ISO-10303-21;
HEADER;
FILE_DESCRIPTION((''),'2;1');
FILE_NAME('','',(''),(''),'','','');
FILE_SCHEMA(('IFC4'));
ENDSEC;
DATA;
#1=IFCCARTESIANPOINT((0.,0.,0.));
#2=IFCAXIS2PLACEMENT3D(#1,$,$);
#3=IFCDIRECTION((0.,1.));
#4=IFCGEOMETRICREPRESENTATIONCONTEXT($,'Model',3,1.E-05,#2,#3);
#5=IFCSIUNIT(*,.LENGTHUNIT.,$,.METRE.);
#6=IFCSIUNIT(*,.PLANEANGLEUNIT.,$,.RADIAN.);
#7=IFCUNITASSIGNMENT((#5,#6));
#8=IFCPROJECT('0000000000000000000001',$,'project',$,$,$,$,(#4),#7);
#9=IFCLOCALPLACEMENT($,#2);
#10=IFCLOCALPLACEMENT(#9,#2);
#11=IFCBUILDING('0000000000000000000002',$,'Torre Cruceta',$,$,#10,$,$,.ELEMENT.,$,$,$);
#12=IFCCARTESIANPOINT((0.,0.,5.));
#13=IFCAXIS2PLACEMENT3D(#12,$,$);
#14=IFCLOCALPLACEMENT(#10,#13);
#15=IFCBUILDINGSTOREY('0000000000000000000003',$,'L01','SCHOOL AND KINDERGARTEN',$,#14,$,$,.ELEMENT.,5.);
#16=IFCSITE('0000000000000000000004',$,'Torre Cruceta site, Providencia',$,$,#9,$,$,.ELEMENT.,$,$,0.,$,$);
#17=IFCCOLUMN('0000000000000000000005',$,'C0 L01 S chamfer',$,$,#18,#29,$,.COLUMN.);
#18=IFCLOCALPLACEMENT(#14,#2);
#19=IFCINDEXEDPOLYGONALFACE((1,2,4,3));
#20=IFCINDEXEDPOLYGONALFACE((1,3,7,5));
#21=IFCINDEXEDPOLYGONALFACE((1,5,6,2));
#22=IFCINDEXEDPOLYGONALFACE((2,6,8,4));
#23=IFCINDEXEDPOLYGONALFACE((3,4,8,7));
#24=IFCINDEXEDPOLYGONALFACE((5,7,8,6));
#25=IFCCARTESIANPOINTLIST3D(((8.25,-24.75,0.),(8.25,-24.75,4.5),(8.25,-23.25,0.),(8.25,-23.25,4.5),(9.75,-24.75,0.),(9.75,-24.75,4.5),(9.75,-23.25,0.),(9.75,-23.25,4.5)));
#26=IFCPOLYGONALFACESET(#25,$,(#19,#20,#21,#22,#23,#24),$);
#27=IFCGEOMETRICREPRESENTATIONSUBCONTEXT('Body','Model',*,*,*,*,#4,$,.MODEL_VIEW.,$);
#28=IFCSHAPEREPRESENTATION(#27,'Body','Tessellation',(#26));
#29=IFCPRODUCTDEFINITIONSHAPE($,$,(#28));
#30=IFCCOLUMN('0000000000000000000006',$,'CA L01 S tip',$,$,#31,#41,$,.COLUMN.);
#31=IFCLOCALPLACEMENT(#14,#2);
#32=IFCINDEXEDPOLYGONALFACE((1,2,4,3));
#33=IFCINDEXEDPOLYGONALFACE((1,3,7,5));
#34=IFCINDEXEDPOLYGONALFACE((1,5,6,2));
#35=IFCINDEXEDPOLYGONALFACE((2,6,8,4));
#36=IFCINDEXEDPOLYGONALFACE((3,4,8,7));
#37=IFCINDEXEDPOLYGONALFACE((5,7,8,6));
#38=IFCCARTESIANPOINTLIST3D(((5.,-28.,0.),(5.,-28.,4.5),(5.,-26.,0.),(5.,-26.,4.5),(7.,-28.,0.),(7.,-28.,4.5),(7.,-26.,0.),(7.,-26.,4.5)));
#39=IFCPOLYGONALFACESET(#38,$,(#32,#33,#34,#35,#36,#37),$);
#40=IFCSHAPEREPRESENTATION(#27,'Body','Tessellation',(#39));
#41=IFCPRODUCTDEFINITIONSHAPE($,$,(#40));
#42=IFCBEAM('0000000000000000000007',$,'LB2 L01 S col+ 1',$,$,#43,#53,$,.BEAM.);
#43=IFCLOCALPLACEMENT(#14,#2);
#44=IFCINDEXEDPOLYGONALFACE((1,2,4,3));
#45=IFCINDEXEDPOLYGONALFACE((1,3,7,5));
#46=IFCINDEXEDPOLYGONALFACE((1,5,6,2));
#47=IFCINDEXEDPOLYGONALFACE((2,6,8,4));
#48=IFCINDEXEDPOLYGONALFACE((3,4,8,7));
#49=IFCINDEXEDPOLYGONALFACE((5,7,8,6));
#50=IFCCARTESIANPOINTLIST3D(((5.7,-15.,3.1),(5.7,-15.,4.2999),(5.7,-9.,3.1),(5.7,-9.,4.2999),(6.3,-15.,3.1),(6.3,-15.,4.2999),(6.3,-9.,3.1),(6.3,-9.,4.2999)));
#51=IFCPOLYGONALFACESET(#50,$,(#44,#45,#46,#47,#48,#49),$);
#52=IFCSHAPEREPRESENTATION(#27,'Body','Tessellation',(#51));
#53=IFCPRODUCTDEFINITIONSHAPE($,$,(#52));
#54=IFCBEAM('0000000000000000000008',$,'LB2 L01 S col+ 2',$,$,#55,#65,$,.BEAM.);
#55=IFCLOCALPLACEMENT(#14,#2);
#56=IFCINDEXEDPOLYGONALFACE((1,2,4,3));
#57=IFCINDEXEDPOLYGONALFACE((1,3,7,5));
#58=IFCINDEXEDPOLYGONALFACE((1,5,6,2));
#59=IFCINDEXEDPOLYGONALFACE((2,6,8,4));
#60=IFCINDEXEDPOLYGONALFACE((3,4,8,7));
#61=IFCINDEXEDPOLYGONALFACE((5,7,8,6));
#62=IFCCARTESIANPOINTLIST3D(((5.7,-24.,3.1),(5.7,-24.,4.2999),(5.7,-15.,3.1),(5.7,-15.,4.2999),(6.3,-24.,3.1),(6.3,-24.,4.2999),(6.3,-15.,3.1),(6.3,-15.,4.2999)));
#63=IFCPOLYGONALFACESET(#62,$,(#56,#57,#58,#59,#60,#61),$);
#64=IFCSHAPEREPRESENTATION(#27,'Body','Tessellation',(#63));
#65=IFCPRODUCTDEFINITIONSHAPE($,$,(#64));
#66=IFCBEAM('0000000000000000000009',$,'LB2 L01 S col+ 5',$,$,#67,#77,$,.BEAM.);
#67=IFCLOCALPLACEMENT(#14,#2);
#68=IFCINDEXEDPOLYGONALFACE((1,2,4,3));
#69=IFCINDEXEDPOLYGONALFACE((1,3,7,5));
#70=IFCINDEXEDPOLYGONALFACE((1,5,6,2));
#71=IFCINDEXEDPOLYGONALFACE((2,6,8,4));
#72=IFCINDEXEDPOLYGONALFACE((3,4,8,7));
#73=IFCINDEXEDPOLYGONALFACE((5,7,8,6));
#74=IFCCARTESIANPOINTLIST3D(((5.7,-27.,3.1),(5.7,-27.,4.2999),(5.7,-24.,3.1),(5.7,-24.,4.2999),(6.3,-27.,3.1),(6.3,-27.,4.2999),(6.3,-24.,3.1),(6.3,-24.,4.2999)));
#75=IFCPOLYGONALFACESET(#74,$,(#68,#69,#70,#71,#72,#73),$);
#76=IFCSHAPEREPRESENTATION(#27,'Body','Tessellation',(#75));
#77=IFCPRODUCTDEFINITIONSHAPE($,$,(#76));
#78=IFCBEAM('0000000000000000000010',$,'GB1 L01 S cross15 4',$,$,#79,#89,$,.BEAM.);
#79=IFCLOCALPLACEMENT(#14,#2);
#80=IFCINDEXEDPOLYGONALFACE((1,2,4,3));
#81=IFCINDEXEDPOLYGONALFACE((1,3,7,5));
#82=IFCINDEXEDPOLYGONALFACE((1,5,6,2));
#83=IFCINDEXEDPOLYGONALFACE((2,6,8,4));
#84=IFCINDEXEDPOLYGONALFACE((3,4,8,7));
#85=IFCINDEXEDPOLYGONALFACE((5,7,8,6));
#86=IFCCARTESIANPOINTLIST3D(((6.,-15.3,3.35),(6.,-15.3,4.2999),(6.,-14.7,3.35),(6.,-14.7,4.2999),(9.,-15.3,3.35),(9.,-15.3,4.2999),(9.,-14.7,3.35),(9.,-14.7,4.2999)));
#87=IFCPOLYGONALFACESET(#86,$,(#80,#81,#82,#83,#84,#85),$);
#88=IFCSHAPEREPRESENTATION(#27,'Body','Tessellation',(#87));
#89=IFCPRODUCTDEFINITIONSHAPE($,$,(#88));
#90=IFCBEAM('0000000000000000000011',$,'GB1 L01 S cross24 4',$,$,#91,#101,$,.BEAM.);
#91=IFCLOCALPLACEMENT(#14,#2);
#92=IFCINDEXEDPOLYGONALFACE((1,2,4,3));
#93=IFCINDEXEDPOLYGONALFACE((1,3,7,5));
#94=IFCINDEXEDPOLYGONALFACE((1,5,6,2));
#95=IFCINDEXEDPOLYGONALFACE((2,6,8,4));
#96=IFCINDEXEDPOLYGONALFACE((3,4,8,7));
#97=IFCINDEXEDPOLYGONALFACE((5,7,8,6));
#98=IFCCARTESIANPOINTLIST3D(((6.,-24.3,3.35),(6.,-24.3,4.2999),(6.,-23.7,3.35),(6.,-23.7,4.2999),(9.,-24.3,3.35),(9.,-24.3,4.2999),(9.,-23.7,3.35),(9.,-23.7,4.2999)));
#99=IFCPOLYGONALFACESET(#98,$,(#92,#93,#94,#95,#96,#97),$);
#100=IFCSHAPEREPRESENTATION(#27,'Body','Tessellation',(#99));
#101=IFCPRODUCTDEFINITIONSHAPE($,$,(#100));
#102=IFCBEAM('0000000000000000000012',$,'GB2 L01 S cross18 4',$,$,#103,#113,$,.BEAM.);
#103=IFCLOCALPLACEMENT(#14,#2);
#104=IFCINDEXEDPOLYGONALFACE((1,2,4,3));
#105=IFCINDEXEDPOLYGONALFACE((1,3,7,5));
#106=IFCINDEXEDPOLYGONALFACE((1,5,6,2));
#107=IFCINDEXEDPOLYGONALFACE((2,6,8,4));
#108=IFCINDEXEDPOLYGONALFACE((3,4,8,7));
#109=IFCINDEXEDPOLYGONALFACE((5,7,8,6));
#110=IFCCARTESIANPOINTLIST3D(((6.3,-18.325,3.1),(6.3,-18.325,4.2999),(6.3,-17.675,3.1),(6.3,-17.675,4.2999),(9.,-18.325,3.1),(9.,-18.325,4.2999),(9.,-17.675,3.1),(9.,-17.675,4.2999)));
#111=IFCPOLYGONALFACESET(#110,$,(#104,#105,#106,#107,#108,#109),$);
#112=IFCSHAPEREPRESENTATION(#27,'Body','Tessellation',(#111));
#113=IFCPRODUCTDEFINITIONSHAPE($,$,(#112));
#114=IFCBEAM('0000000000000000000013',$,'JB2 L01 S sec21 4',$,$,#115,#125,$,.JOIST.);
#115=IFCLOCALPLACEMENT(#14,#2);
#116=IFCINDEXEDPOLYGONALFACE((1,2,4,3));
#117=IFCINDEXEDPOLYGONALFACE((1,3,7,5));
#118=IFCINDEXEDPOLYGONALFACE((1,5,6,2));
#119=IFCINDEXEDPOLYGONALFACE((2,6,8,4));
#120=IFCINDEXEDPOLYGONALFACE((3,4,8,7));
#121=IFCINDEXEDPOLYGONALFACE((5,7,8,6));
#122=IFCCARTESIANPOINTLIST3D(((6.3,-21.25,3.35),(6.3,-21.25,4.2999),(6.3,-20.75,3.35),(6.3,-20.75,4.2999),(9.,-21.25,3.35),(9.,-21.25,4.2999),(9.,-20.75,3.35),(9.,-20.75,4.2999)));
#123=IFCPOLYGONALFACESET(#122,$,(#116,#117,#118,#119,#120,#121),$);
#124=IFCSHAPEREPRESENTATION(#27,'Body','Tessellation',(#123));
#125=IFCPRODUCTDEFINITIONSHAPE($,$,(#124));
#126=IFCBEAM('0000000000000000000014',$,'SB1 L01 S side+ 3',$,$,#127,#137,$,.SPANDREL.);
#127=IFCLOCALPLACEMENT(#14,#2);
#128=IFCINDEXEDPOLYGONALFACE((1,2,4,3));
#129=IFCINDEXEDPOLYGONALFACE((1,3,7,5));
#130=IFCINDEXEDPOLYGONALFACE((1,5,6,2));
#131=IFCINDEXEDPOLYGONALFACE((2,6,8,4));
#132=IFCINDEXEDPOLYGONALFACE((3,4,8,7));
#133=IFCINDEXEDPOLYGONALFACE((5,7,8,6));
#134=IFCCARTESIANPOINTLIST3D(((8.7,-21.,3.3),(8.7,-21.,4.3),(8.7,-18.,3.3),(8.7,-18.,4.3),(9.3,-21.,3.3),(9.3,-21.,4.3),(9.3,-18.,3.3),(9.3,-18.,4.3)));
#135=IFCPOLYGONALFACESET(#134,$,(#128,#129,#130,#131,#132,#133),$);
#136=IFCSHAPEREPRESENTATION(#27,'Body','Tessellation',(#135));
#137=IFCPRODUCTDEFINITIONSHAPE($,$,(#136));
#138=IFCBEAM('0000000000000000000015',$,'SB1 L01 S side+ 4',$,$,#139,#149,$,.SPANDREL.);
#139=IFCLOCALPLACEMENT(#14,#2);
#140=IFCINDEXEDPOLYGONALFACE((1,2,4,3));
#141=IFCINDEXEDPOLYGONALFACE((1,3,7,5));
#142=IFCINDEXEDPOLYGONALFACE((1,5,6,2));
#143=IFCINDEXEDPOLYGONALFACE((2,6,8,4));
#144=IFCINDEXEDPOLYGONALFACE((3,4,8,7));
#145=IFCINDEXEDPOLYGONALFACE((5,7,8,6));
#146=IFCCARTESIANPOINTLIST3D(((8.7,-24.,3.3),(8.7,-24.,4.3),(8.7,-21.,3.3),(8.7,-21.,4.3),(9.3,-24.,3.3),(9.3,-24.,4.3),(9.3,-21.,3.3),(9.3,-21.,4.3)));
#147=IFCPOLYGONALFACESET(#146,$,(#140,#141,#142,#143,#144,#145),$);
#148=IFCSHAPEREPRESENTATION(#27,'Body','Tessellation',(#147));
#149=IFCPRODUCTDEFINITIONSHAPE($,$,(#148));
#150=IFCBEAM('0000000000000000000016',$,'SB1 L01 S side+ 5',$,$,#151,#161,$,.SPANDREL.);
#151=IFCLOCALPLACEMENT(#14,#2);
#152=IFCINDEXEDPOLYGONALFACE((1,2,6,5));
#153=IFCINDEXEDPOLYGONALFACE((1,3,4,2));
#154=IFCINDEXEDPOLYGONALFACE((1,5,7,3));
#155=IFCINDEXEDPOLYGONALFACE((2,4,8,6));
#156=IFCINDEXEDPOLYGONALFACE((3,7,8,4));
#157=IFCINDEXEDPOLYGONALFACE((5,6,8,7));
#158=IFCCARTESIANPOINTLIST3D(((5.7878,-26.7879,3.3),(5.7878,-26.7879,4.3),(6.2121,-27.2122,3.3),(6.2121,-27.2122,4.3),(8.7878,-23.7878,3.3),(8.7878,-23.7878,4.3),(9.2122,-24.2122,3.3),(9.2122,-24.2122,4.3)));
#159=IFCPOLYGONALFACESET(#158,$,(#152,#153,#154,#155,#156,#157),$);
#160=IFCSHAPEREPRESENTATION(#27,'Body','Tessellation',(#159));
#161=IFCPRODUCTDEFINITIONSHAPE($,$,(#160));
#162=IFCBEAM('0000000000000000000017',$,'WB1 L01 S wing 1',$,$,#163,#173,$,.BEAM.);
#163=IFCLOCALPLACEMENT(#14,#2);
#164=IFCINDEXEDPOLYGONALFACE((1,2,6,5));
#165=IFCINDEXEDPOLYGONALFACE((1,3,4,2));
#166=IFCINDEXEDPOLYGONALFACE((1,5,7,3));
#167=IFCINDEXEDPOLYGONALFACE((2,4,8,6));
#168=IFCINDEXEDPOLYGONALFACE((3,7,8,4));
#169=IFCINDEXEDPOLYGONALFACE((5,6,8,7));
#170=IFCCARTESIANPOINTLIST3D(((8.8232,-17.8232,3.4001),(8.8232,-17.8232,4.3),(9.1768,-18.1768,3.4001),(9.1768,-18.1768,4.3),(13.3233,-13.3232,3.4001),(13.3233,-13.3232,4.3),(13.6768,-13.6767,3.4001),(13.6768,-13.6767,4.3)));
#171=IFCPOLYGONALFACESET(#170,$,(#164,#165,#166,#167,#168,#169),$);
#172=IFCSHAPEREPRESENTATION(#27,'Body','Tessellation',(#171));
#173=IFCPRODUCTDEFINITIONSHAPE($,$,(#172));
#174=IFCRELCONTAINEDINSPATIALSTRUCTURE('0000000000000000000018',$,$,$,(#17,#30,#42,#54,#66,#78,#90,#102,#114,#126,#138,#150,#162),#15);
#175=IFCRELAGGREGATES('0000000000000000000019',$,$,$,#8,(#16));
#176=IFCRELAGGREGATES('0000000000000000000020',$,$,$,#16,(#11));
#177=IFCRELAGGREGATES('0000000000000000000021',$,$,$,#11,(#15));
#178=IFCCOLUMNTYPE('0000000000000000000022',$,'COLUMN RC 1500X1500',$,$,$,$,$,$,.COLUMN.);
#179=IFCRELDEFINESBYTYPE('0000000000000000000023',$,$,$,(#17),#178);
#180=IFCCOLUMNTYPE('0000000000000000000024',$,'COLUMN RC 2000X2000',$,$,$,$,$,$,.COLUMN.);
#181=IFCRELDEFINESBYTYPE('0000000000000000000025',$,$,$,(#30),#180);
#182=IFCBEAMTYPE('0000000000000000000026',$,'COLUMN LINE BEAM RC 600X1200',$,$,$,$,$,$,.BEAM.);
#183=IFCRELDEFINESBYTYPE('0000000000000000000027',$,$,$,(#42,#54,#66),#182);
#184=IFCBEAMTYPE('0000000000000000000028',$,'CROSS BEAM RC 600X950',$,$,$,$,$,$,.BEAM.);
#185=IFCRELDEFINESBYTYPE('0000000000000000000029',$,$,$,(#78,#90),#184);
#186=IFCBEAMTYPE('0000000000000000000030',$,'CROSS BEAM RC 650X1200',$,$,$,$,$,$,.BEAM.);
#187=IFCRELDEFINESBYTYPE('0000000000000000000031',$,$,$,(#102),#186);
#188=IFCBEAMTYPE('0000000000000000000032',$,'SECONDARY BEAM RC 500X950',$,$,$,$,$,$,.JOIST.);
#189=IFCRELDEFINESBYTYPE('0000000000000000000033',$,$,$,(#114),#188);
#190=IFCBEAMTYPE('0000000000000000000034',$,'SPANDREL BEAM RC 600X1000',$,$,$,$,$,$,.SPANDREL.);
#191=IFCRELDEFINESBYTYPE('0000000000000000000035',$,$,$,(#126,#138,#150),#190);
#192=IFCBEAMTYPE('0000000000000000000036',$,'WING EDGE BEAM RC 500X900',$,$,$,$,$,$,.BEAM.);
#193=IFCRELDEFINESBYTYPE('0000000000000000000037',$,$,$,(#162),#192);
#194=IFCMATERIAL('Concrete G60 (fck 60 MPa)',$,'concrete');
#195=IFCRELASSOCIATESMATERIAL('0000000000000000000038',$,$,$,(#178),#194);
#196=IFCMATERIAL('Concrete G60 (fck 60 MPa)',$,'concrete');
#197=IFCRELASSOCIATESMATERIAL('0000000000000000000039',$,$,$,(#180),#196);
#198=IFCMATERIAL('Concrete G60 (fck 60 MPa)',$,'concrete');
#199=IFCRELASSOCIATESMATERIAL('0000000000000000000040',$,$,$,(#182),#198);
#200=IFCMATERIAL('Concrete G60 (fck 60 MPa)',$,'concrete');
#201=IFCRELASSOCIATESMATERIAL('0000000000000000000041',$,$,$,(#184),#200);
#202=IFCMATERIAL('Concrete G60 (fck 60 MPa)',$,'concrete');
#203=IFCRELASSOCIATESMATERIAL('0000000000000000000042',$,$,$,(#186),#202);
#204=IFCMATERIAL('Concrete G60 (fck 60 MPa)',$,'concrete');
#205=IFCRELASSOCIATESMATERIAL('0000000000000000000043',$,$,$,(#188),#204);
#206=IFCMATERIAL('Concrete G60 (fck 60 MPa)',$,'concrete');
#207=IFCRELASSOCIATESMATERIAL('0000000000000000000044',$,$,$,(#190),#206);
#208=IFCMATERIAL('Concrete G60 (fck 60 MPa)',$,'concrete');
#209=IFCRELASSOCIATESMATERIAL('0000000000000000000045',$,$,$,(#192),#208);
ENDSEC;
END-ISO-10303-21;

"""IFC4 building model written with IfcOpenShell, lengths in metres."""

from ifc_helpers import new_model, si_unit, direction, frame, origin, origin_2d, place, context, subcontext, project, spatial, rectangle, extrude, material, material_profile, profile_set, type_object, element, save


model = new_model("IFC4")

# Units and contexts
model_context = context("Model", 3, precision=1e-05, world=origin(), true_north=direction((0.0, 1.0)))
body_context = subcontext(model_context, "Body", "Model", "MODEL_VIEW")
ifc_project = project(units=[si_unit("LENGTHUNIT", "METRE"), si_unit("PLANEANGLEUNIT", "RADIAN")], contexts=[model_context])

# Site, building, storey
site_placement = place(None, origin())
site = spatial("IfcSite", under=ifc_project, at=site_placement, Name="Torre Cruceta site, Providencia", CompositionType="ELEMENT", RefElevation=0.0)
building_placement = place(site_placement, origin())
building = spatial("IfcBuilding", under=site, at=building_placement, Name="Torre Cruceta", CompositionType="ELEMENT")
storey_placement = place(building_placement, frame((0.0, 0.0, 5.0)))
storey = spatial("IfcBuildingStorey", under=building, at=storey_placement, Name="L01", Description="SCHOOL AND KINDERGARTEN", CompositionType="ELEMENT", Elevation=5.0)

# Columns
ifc_material_1 = material(Name="Concrete G60 (fck 60 MPa)", Category="concrete")
ifc_material_profile_1 = material_profile(ifc_material_1, rectangle(XDim=1.5, YDim=1.5, at=origin_2d()), Name="RC 1500X1500")
ifc_profile_set_1 = profile_set([ifc_material_profile_1], Name="Concrete G60 (fck 60 MPa)")
column_type_1 = type_object("IfcColumnType", Name="COLUMN RC 1500X1500", PredefinedType="COLUMN", material=ifc_profile_set_1)
column_1_placement = place(storey_placement, frame((9.0, -24.0, 0.0), z_axis=(0.0, 0.0, 1.0), x_axis=(1.0, 0.0, 0.0)))
element("IfcColumn", 1, at=column_1_placement, inside=storey, type_object=column_type_1, Name="C0 L01 S chamfer", PredefinedType="COLUMN", context=body_context, shape_type="SweptSolid", body=[
    extrude(rectangle(XDim=1.5, YDim=1.5, at=origin_2d()), origin(), (0.0, 0.0, 1.0), 4.5),
])
ifc_material_2 = material(Name="Concrete G60 (fck 60 MPa)", Category="concrete")
ifc_material_profile_2 = material_profile(ifc_material_2, rectangle(XDim=2.0, YDim=2.0, at=origin_2d()), Name="RC 2000X2000")
ifc_profile_set_2 = profile_set([ifc_material_profile_2], Name="Concrete G60 (fck 60 MPa)")
column_type_2 = type_object("IfcColumnType", Name="COLUMN RC 2000X2000", PredefinedType="COLUMN", material=ifc_profile_set_2)
column_2_placement = place(storey_placement, frame((6.0, -27.0, 0.0), z_axis=(0.0, 0.0, 1.0), x_axis=(1.0, 0.0, 0.0)))
element("IfcColumn", 2, at=column_2_placement, inside=storey, type_object=column_type_2, Name="CA L01 S tip", PredefinedType="COLUMN", context=body_context, shape_type="SweptSolid", body=[
    extrude(rectangle(XDim=2.0, YDim=2.0, at=origin_2d()), origin(), (0.0, 0.0, 1.0), 4.5),
])

# Beams
ifc_material_3 = material(Name="Concrete G60 (fck 60 MPa)", Category="concrete")
ifc_material_profile_3 = material_profile(ifc_material_3, rectangle(XDim=0.6001, YDim=1.2, at=origin_2d()), Name="RC 600X1200")
ifc_profile_set_3 = profile_set([ifc_material_profile_3], Name="Concrete G60 (fck 60 MPa)")
beam_type_1 = type_object("IfcBeamType", Name="COLUMN LINE BEAM RC 600X1200", PredefinedType="BEAM", material=ifc_profile_set_3)
beam_1_placement = place(storey_placement, frame((6.0, -9.0, 3.7), z_axis=(0.0, -1.0, 0.0), x_axis=(1.0, 0.0, 0.0)))
element("IfcBeam", 3, at=beam_1_placement, inside=storey, type_object=beam_type_1, Name="LB2 L01 S col+ 1", PredefinedType="BEAM", context=body_context, shape_type="SweptSolid", body=[
    extrude(rectangle(XDim=0.6001, YDim=1.2, at=origin_2d()), origin(), (0.0, 0.0, 1.0), 6.0),
])
beam_2_placement = place(storey_placement, frame((6.0, -15.0, 3.7), z_axis=(0.0, -1.0, 0.0), x_axis=(1.0, 0.0, 0.0)))
element("IfcBeam", 4, at=beam_2_placement, inside=storey, type_object=beam_type_1, Name="LB2 L01 S col+ 2", PredefinedType="BEAM", context=body_context, shape_type="SweptSolid", body=[
    extrude(rectangle(XDim=0.6001, YDim=1.2, at=origin_2d()), origin(), (0.0, 0.0, 1.0), 9.0),
])
beam_3_placement = place(storey_placement, frame((6.0, -24.0, 3.7), z_axis=(0.0, -1.0, 0.0), x_axis=(1.0, 0.0, 0.0)))
element("IfcBeam", 5, at=beam_3_placement, inside=storey, type_object=beam_type_1, Name="LB2 L01 S col+ 5", PredefinedType="BEAM", context=body_context, shape_type="SweptSolid", body=[
    extrude(rectangle(XDim=0.6001, YDim=1.2, at=origin_2d()), origin(), (0.0, 0.0, 1.0), 3.0),
])
ifc_material_4 = material(Name="Concrete G60 (fck 60 MPa)", Category="concrete")
ifc_material_profile_4 = material_profile(ifc_material_4, rectangle(XDim=0.6001, YDim=0.95, at=origin_2d()), Name="RC 600X950")
ifc_profile_set_4 = profile_set([ifc_material_profile_4], Name="Concrete G60 (fck 60 MPa)")
beam_type_2 = type_object("IfcBeamType", Name="CROSS BEAM RC 600X950", PredefinedType="BEAM", material=ifc_profile_set_4)
for number, where, z_axis, x_axis, name in (
    (6, (6.0, -15.0, 3.825), (1.0, 0.0, 0.0), (0.0, 1.0, 0.0), "GB1 L01 S cross15 4"),
    (7, (6.0, -24.0, 3.825), (1.0, 0.0, 0.0), (0.0, 1.0, 0.0), "GB1 L01 S cross24 4"),
):
    element("IfcBeam", number, at=place(storey_placement, frame(where, z_axis=z_axis, x_axis=x_axis)), inside=storey, type_object=beam_type_2, Name=name, PredefinedType="BEAM", context=body_context, shape_type="SweptSolid", body=[
        extrude(rectangle(XDim=0.6001, YDim=0.95, at=origin_2d()), origin(), (0.0, 0.0, 1.0), 3.0),
    ])
ifc_material_5 = material(Name="Concrete G60 (fck 60 MPa)", Category="concrete")
ifc_material_profile_5 = material_profile(ifc_material_5, rectangle(XDim=0.6499, YDim=1.2, at=origin_2d()), Name="RC 650X1200")
ifc_profile_set_5 = profile_set([ifc_material_profile_5], Name="Concrete G60 (fck 60 MPa)")
beam_type_3 = type_object("IfcBeamType", Name="CROSS BEAM RC 650X1200", PredefinedType="BEAM", material=ifc_profile_set_5)
beam_4_placement = place(storey_placement, frame((6.3, -18.0, 3.7), z_axis=(1.0, 0.0, 0.0), x_axis=(0.0, 1.0, 0.0)))
element("IfcBeam", 8, at=beam_4_placement, inside=storey, type_object=beam_type_3, Name="GB2 L01 S cross18 4", PredefinedType="BEAM", context=body_context, shape_type="SweptSolid", body=[
    extrude(rectangle(XDim=0.6499, YDim=1.2, at=origin_2d()), origin(), (0.0, 0.0, 1.0), 2.7),
])
ifc_material_6 = material(Name="Concrete G60 (fck 60 MPa)", Category="concrete")
ifc_material_profile_6 = material_profile(ifc_material_6, rectangle(XDim=0.5, YDim=0.95, at=origin_2d()), Name="RC 500X950")
ifc_profile_set_6 = profile_set([ifc_material_profile_6], Name="Concrete G60 (fck 60 MPa)")
beam_type_4 = type_object("IfcBeamType", Name="SECONDARY BEAM RC 500X950", PredefinedType="JOIST", material=ifc_profile_set_6)
beam_5_placement = place(storey_placement, frame((6.3, -21.0, 3.825), z_axis=(1.0, 0.0, 0.0), x_axis=(0.0, 1.0, 0.0)))
element("IfcBeam", 9, at=beam_5_placement, inside=storey, type_object=beam_type_4, Name="JB2 L01 S sec21 4", PredefinedType="JOIST", context=body_context, shape_type="SweptSolid", body=[
    extrude(rectangle(XDim=0.5, YDim=0.95, at=origin_2d()), origin(), (0.0, 0.0, 1.0), 2.7),
])
ifc_material_7 = material(Name="Concrete G60 (fck 60 MPa)", Category="concrete")
ifc_material_profile_7 = material_profile(ifc_material_7, rectangle(XDim=0.6001, YDim=1.0, at=origin_2d()), Name="RC 600X1000")
ifc_profile_set_7 = profile_set([ifc_material_profile_7], Name="Concrete G60 (fck 60 MPa)")
beam_type_5 = type_object("IfcBeamType", Name="SPANDREL BEAM RC 600X1000", PredefinedType="SPANDREL", material=ifc_profile_set_7)
for number, where, z_axis, x_axis, name in (
    (10, (9.0, -18.0, 3.8), (0.0, -1.0, 0.0), (1.0, 0.0, 0.0), "SB1 L01 S side+ 3"),
    (11, (9.0, -21.0, 3.8), (0.0, -1.0, 0.0), (1.0, 0.0, 0.0), "SB1 L01 S side+ 4"),
):
    element("IfcBeam", number, at=place(storey_placement, frame(where, z_axis=z_axis, x_axis=x_axis)), inside=storey, type_object=beam_type_5, Name=name, PredefinedType="SPANDREL", context=body_context, shape_type="SweptSolid", body=[
        extrude(rectangle(XDim=0.6001, YDim=1.0, at=origin_2d()), origin(), (0.0, 0.0, 1.0), 3.0),
    ])
beam_6_placement = place(storey_placement, frame((9.0, -24.0, 3.8), z_axis=(-0.707107, -0.707107, 0.0), x_axis=(0.707107, -0.707107, 0.0)))
element("IfcBeam", 12, at=beam_6_placement, inside=storey, type_object=beam_type_5, Name="SB1 L01 S side+ 5", PredefinedType="SPANDREL", context=body_context, shape_type="SweptSolid", body=[
    extrude(rectangle(XDim=0.6001, YDim=1.0, at=origin_2d()), origin(), (0.0, 0.0, 1.0), 4.2427),
])
ifc_material_8 = material(Name="Concrete G60 (fck 60 MPa)", Category="concrete")
ifc_material_profile_8 = material_profile(ifc_material_8, rectangle(XDim=0.5, YDim=0.8999, at=origin_2d()), Name="RC 500X900")
ifc_profile_set_8 = profile_set([ifc_material_profile_8], Name="Concrete G60 (fck 60 MPa)")
beam_type_6 = type_object("IfcBeamType", Name="WING EDGE BEAM RC 500X900", PredefinedType="BEAM", material=ifc_profile_set_8)
beam_7_placement = place(storey_placement, frame((9.0, -18.0, 3.8501), z_axis=(0.707107, 0.707107, 0.0), x_axis=(-0.707107, 0.707107, 0.0)))
element("IfcBeam", 13, at=beam_7_placement, inside=storey, type_object=beam_type_6, Name="WB1 L01 S wing 1", PredefinedType="BEAM", context=body_context, shape_type="SweptSolid", body=[
    extrude(rectangle(XDim=0.5, YDim=0.8999, at=origin_2d()), origin(), (0.0, 0.0, 1.0), 6.364),
])

save(model, "model.ifc")
